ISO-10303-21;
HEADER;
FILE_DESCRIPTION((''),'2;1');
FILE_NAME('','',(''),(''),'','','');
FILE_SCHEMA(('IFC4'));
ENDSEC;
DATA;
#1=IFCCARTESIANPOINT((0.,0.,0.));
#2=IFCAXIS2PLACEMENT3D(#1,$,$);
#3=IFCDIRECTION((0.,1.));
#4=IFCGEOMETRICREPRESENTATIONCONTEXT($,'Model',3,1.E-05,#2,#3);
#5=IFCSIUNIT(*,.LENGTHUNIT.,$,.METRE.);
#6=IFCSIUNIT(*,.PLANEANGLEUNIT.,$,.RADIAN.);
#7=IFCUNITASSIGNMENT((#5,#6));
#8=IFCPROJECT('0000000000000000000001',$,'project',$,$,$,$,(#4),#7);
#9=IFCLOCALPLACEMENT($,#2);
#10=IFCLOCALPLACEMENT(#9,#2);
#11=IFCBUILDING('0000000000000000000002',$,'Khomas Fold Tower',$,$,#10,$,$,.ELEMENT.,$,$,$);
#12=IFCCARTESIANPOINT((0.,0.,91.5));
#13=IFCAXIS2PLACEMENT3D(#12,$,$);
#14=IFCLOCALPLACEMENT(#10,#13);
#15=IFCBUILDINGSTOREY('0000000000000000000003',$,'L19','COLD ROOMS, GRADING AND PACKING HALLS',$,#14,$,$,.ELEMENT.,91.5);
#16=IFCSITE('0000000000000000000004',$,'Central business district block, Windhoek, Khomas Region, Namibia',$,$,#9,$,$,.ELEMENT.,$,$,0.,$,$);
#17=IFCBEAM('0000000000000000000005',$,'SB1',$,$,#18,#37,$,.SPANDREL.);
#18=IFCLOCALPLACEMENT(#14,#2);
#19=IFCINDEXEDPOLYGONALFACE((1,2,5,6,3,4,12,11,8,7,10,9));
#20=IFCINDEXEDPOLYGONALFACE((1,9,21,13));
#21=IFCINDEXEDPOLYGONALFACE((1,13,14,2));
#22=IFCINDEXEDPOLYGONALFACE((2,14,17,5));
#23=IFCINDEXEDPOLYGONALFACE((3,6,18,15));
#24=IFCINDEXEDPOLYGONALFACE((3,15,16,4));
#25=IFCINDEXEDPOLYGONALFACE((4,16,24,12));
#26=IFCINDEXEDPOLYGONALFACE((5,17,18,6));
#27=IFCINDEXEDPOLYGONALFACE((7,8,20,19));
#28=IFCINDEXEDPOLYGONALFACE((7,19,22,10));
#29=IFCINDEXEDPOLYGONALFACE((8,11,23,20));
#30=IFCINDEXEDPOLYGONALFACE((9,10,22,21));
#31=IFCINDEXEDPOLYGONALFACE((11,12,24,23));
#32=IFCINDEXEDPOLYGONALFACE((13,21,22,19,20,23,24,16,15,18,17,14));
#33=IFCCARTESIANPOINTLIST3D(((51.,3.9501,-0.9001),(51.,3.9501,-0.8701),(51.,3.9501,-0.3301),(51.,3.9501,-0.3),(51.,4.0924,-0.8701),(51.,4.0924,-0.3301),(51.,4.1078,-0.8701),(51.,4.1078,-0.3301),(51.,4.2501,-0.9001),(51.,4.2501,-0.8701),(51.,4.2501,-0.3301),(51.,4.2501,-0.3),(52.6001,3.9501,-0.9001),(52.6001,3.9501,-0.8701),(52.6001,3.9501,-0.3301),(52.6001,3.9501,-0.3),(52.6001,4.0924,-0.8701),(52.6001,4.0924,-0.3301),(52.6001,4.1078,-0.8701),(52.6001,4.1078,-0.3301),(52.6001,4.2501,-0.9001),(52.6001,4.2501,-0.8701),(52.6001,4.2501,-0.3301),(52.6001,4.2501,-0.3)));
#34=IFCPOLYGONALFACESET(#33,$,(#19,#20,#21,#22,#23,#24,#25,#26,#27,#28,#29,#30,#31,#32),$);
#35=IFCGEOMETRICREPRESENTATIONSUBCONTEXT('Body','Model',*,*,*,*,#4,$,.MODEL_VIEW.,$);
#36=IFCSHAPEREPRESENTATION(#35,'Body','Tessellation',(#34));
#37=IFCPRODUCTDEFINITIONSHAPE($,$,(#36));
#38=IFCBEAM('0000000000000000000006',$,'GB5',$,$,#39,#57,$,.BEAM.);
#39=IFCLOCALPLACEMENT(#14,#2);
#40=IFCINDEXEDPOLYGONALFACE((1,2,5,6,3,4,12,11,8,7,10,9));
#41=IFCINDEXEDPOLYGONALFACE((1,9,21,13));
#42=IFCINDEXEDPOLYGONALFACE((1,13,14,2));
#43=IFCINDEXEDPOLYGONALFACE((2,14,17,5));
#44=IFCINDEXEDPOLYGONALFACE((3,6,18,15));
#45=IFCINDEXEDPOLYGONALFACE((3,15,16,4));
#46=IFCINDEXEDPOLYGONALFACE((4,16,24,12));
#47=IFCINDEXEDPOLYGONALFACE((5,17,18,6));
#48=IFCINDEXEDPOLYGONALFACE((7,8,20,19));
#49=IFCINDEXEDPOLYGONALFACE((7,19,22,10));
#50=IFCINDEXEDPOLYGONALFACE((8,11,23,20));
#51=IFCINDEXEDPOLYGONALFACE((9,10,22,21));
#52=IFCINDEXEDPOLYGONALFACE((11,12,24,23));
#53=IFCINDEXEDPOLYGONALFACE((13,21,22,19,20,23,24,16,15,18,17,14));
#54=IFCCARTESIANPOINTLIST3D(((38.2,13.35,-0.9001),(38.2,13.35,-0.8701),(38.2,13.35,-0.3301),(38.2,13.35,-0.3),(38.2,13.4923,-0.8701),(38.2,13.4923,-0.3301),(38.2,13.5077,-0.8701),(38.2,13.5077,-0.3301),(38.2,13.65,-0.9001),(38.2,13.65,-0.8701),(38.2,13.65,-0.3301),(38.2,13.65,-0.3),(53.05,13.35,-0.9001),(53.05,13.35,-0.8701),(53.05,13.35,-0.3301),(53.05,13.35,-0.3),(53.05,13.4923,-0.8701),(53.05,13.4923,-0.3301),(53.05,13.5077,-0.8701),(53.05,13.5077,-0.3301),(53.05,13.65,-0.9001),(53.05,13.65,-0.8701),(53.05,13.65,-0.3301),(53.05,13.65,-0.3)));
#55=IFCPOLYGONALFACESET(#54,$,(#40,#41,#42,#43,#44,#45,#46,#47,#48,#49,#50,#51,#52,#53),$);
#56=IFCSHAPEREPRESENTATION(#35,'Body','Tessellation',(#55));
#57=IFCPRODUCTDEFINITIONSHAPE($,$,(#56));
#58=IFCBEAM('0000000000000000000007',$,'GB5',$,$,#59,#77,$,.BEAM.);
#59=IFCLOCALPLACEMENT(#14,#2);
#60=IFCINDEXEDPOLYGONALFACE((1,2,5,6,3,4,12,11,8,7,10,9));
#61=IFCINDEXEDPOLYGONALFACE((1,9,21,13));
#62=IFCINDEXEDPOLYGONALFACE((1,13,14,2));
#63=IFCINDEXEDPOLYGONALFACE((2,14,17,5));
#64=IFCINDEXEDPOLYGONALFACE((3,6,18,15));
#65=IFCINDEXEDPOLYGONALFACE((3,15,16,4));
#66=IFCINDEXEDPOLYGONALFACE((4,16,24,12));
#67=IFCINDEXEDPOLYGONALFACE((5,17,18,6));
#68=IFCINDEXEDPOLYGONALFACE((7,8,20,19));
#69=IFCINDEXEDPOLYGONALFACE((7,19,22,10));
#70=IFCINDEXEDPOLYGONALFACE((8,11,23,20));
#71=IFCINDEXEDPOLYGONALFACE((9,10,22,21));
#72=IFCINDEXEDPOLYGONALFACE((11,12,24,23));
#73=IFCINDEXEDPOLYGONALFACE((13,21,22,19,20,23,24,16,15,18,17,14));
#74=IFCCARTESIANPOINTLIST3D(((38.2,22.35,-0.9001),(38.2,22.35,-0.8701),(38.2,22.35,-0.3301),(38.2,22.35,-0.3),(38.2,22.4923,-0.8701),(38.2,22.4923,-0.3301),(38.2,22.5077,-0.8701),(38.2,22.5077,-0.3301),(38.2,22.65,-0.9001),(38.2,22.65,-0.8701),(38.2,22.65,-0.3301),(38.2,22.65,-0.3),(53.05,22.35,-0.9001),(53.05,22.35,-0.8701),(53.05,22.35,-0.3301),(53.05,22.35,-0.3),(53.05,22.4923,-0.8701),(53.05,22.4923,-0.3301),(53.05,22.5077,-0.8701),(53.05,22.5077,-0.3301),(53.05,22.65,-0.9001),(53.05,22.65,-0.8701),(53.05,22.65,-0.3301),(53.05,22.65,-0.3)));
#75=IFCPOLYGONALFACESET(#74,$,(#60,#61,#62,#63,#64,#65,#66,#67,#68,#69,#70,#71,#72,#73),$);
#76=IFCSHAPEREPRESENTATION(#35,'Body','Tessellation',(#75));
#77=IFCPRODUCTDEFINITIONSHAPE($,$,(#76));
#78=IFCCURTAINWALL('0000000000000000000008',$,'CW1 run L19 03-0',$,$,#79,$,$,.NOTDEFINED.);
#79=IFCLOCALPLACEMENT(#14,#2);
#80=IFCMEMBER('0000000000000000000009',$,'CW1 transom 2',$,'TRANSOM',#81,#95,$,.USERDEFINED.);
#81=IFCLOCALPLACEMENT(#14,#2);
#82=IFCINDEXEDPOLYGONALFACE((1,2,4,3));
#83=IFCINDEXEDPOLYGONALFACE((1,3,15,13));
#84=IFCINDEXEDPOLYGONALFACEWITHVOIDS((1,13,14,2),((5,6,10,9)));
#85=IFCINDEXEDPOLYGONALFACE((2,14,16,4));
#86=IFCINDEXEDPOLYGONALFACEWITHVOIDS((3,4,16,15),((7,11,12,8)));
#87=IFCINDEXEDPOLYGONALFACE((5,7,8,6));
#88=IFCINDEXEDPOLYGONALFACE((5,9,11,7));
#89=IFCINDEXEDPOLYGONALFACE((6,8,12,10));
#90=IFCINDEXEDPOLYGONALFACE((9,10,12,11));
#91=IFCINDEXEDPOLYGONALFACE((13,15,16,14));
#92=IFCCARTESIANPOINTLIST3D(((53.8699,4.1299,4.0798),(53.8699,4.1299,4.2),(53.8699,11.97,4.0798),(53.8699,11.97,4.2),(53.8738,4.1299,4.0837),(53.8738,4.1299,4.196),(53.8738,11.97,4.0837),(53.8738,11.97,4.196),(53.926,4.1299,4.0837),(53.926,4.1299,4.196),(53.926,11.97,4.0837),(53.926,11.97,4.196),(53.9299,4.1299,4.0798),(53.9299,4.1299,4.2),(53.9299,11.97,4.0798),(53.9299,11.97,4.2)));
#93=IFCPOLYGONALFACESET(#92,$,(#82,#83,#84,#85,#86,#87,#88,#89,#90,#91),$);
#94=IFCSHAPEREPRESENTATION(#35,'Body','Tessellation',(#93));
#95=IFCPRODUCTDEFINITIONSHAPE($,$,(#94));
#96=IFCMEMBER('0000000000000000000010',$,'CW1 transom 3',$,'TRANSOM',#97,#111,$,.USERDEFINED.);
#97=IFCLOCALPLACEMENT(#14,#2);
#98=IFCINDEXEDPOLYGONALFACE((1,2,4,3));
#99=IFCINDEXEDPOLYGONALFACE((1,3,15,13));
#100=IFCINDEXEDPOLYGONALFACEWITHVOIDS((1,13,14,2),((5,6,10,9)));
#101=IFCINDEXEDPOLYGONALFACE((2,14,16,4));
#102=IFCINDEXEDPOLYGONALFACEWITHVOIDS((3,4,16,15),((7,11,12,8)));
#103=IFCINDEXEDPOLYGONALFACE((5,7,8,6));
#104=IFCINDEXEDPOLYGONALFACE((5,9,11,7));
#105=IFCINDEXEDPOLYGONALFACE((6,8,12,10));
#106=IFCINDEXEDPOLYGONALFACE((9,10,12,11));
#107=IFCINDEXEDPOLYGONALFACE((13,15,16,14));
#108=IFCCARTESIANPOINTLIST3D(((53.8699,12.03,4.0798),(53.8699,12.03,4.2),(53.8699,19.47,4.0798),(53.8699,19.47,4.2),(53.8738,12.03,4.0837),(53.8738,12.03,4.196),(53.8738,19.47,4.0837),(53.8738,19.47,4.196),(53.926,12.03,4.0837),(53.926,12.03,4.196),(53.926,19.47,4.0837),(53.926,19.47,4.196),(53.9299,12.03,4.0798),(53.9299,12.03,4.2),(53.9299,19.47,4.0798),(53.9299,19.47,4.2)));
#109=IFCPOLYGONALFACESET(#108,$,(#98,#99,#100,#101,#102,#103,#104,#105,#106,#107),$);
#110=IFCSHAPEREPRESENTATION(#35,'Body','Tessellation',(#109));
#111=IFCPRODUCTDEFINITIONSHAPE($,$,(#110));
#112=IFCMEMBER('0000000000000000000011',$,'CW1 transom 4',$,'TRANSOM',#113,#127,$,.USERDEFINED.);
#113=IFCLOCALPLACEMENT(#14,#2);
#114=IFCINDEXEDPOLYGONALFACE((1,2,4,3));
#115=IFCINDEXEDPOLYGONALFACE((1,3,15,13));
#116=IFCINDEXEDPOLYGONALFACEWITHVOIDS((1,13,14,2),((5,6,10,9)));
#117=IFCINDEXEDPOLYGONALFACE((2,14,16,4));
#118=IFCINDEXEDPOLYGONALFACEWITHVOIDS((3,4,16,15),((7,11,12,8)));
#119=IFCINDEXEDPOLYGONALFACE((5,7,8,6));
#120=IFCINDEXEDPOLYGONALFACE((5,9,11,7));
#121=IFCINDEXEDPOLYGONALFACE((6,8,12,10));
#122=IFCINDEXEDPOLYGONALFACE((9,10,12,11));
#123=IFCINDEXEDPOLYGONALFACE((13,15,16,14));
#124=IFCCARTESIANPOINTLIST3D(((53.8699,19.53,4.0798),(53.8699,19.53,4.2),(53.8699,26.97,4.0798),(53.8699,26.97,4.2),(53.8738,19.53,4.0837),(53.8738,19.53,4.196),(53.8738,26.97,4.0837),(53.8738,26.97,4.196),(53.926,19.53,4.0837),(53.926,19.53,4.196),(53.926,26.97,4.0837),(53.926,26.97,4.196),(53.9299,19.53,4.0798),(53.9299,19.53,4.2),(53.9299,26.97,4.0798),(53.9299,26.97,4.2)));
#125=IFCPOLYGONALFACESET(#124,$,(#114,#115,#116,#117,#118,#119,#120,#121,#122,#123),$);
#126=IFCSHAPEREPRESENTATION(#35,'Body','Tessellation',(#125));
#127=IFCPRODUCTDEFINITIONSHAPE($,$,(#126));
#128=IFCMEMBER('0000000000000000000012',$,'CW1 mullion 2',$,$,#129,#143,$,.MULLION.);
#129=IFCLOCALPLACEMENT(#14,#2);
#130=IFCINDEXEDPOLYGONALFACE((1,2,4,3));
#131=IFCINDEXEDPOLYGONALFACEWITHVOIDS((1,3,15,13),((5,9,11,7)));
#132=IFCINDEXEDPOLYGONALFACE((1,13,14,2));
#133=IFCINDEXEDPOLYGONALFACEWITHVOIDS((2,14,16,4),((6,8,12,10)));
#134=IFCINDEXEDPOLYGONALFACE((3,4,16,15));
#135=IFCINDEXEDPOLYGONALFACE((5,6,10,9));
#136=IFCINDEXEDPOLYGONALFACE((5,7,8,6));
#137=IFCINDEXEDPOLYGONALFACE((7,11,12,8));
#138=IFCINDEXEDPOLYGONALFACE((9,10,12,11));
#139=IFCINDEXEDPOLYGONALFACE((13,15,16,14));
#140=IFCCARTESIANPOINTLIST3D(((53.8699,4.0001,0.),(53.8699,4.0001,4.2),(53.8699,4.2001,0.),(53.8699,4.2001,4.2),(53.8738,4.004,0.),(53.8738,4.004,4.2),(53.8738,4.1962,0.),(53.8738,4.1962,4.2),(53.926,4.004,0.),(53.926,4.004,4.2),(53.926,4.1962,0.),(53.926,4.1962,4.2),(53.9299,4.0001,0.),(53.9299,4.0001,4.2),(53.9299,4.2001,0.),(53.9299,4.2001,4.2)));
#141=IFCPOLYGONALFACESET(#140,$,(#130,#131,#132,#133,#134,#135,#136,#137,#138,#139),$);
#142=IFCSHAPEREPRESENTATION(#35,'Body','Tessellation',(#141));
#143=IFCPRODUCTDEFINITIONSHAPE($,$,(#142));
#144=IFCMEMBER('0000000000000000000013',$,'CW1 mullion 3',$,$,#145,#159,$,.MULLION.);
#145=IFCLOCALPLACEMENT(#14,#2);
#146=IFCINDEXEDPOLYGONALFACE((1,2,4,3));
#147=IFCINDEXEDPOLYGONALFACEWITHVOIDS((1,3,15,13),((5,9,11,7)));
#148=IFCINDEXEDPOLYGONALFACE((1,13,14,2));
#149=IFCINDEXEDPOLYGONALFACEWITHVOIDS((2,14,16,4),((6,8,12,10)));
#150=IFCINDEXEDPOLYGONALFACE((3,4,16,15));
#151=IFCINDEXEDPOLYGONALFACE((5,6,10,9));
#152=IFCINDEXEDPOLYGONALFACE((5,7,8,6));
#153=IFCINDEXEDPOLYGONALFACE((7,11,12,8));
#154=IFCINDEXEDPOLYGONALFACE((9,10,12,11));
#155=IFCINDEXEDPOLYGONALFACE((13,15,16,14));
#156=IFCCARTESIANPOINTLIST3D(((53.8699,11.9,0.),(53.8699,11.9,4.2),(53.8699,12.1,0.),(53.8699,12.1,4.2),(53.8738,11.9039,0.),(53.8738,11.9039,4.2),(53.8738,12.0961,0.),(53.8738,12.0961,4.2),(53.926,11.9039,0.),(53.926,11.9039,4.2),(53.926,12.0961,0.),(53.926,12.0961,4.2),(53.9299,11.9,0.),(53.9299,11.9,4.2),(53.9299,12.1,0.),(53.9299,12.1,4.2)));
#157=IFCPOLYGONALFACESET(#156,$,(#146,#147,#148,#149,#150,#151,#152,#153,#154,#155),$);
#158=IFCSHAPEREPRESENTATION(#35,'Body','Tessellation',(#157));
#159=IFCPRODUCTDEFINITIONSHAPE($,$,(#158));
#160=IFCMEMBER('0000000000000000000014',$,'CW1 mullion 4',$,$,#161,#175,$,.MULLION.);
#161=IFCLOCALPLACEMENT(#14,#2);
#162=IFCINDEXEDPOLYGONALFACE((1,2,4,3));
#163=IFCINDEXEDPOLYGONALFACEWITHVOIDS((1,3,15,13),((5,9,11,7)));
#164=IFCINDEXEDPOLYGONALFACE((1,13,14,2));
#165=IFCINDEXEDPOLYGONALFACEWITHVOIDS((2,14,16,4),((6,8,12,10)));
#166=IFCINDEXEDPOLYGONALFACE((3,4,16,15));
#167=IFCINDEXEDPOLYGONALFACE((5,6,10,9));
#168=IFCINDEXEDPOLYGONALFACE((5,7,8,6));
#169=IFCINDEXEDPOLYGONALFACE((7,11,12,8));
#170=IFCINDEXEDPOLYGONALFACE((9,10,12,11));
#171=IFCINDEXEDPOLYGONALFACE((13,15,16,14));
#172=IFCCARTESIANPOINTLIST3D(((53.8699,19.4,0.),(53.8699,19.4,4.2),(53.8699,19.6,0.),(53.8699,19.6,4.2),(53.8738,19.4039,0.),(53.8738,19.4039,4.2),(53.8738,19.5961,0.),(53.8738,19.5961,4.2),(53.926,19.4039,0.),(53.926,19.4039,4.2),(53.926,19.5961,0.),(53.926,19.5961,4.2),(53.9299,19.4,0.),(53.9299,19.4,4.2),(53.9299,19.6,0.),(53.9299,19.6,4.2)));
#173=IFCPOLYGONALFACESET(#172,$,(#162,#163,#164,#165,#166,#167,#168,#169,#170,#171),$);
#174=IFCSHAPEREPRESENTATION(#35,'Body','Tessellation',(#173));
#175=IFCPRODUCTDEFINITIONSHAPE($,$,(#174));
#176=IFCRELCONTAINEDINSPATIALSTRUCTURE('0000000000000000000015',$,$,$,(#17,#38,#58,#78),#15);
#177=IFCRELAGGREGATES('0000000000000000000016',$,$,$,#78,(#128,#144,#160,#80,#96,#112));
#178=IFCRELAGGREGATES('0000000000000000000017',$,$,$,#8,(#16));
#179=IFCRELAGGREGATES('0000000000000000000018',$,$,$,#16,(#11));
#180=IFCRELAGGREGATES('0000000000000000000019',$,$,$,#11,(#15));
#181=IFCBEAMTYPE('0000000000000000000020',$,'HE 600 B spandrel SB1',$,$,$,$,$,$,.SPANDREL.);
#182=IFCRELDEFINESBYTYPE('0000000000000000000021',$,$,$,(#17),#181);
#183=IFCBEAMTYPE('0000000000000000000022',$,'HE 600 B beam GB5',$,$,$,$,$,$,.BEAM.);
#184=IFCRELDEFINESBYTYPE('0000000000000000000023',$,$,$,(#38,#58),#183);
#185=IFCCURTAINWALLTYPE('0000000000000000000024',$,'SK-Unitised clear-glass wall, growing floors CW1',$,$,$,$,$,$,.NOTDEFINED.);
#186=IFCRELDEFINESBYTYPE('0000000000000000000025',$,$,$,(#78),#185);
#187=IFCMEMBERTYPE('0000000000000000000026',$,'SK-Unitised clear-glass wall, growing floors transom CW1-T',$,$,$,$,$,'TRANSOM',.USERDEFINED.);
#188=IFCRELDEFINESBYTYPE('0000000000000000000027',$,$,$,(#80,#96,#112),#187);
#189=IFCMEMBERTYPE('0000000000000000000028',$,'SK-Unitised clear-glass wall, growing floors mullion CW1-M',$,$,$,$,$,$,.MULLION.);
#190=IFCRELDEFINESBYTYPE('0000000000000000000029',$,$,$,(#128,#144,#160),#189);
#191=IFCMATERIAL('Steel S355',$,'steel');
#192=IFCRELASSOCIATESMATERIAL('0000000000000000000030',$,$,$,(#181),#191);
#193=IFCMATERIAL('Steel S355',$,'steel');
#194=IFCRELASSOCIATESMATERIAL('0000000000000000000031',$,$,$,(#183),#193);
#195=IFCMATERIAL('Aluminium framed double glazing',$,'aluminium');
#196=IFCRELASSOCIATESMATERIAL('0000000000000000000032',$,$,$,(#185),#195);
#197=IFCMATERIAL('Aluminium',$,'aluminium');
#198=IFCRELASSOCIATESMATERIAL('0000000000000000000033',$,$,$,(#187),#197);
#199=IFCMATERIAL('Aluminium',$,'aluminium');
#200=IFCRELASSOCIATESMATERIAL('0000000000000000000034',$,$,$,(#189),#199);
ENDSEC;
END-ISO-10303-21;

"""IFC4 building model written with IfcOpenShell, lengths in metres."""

from ifc_helpers import new_model, si_unit, direction, frame, origin, origin_2d, place, context, subcontext, project, spatial, hollow_rectangle, i_section, extrude, source, transform, mapped, material, material_profile, profile_set, type_object, element, aggregate, save


model = new_model("IFC4")

# Units and contexts
model_context = context("Model", 3, precision=1e-05, world=origin(), true_north=direction((0.0, 1.0)))
body_context = subcontext(model_context, "Body", "Model", "MODEL_VIEW")
ifc_project = project(units=[si_unit("LENGTHUNIT", "METRE"), si_unit("PLANEANGLEUNIT", "RADIAN")], contexts=[model_context])

# Site, building, storey
site_placement = place(None, origin())
site = spatial("IfcSite", under=ifc_project, at=site_placement, Name="Central business district block, Windhoek, Khomas Region, Namibia", CompositionType="ELEMENT", RefElevation=0.0)
building_placement = place(site_placement, origin())
building = spatial("IfcBuilding", under=site, at=building_placement, Name="Khomas Fold Tower", CompositionType="ELEMENT")
storey_placement = place(building_placement, frame((0.0, 0.0, 91.5)))
storey = spatial("IfcBuildingStorey", under=building, at=storey_placement, Name="L19", Description="COLD ROOMS, GRADING AND PACKING HALLS", CompositionType="ELEMENT", Elevation=91.5)

# Beams
ifc_material_1 = material(Name="Steel S355", Category="steel")
ifc_material_profile_1 = material_profile(ifc_material_1, i_section(OverallWidth=0.3, OverallDepth=0.6001, WebThickness=0.0154, FlangeThickness=0.03, at=origin_2d()), Name="HE 600 B")
ifc_profile_set_1 = profile_set([ifc_material_profile_1], Name="Steel S355")
beam_type_1 = type_object("IfcBeamType", Name="HE 600 B spandrel SB1", PredefinedType="SPANDREL", material=ifc_profile_set_1)
shared_shape_1 = source(origin(), body_context, "Body", "SweptSolid", [
    extrude(i_section(OverallWidth=0.3, OverallDepth=0.6001, WebThickness=0.0154, FlangeThickness=0.03, at=origin_2d()), origin(), (0.0, 0.0, 1.0), 1.6001),
])
beam_1_placement = place(storey_placement, frame((51.0, 4.1001, -0.6001), z_axis=(1.0, 0.0, 0.0), x_axis=(0.0, 1.0, 0.0)))
element("IfcBeam", 1, at=beam_1_placement, inside=storey, type_object=beam_type_1, Name="SB1", PredefinedType="SPANDREL", context=body_context, shape_type="MappedRepresentation", body=[
    mapped(shared_shape_1, transform((0.0, 0.0, 0.0))),
])
ifc_material_2 = material(Name="Steel S355", Category="steel")
ifc_material_profile_2 = material_profile(ifc_material_2, i_section(OverallWidth=0.3, OverallDepth=0.6001, WebThickness=0.0154, FlangeThickness=0.03, at=origin_2d()), Name="HE 600 B")
ifc_profile_set_2 = profile_set([ifc_material_profile_2], Name="Steel S355")
beam_type_2 = type_object("IfcBeamType", Name="HE 600 B beam GB5", PredefinedType="BEAM", material=ifc_profile_set_2)
shared_shape_2 = source(origin(), body_context, "Body", "SweptSolid", [
    extrude(i_section(OverallWidth=0.3, OverallDepth=0.6001, WebThickness=0.0154, FlangeThickness=0.03, at=origin_2d()), origin(), (0.0, 0.0, 1.0), 14.8501),
])
for number, where, z_axis, x_axis, name in (
    (2, (38.2, 13.5, -0.6001), (1.0, 0.0, 0.0), (0.0, 1.0, 0.0), "GB5"),
    (3, (38.2, 22.5, -0.6001), (1.0, 0.0, 0.0), (0.0, 1.0, 0.0), "GB5"),
):
    element("IfcBeam", number, at=place(storey_placement, frame(where, z_axis=z_axis, x_axis=x_axis)), inside=storey, type_object=beam_type_2, Name=name, PredefinedType="BEAM", context=body_context, shape_type="MappedRepresentation", body=[
        mapped(shared_shape_2, transform((0.0, 0.0, 0.0))),
    ])

# Curtain wall, members
ifc_material_3 = material(Name="Aluminium framed double glazing", Category="aluminium")
curtain_wall_type = type_object("IfcCurtainWallType", Name="SK-Unitised clear-glass wall, growing floors CW1", PredefinedType="NOTDEFINED", material=ifc_material_3)
curtain_wall_placement = place(storey_placement, origin())
curtain_wall = element("IfcCurtainWall", 4, at=curtain_wall_placement, inside=storey, type_object=curtain_wall_type, Name="CW1 run L19 03-0", PredefinedType="NOTDEFINED")
ifc_material_4 = material(Name="Aluminium", Category="aluminium")
ifc_material_profile_3 = material_profile(ifc_material_4, hollow_rectangle(XDim=0.0601, YDim=0.1201, WallThickness=0.0039, at=origin_2d()), Name="SK-Unitised clear-glass wall, growing floors transom CW1-T")
ifc_profile_set_3 = profile_set([ifc_material_profile_3], Name="Aluminium")
member_type_1 = type_object("IfcMemberType", Name="SK-Unitised clear-glass wall, growing floors transom CW1-T", ElementType="TRANSOM", PredefinedType="USERDEFINED", material=ifc_profile_set_3)
shared_shape_3 = source(origin(), body_context, "Body", "SweptSolid", [
    extrude(hollow_rectangle(XDim=0.0601, YDim=0.1201, WallThickness=0.0039, at=origin_2d()), origin(), (0.0, 0.0, 1.0), 7.8401),
])
member_1_placement = place(storey_placement, frame((53.8999, 4.1299, 4.1399), z_axis=(0.0, 1.0, 0.0), x_axis=(-1.0, 0.0, 0.0)))
member_1 = element("IfcMember", 5, at=member_1_placement, type_object=member_type_1, Name="CW1 transom 2", ObjectType="TRANSOM", PredefinedType="USERDEFINED", context=body_context, shape_type="MappedRepresentation", body=[
    mapped(shared_shape_3, transform((0.0, 0.0, 0.0))),
])
shared_shape_4 = source(origin(), body_context, "Body", "SweptSolid", [
    extrude(hollow_rectangle(XDim=0.0601, YDim=0.1201, WallThickness=0.0039, at=origin_2d()), origin(), (0.0, 0.0, 1.0), 7.4399),
])
member_2_placement = place(storey_placement, frame((53.8999, 12.03, 4.1399), z_axis=(0.0, 1.0, 0.0), x_axis=(-1.0, 0.0, 0.0)))
member_2 = element("IfcMember", 6, at=member_2_placement, type_object=member_type_1, Name="CW1 transom 3", ObjectType="TRANSOM", PredefinedType="USERDEFINED", context=body_context, shape_type="MappedRepresentation", body=[
    mapped(shared_shape_4, transform((0.0, 0.0, 0.0))),
])
member_3_placement = place(storey_placement, frame((53.8999, 19.53, 4.1399), z_axis=(0.0, 1.0, 0.0), x_axis=(-1.0, 0.0, 0.0)))
member_3 = element("IfcMember", 7, at=member_3_placement, type_object=member_type_1, Name="CW1 transom 4", ObjectType="TRANSOM", PredefinedType="USERDEFINED", context=body_context, shape_type="MappedRepresentation", body=[
    mapped(shared_shape_4, transform((0.0, 0.0, 0.0))),
])
ifc_material_5 = material(Name="Aluminium", Category="aluminium")
ifc_material_profile_4 = material_profile(ifc_material_5, hollow_rectangle(XDim=0.0601, YDim=0.2, WallThickness=0.0039, at=origin_2d()), Name="SK-Unitised clear-glass wall, growing floors mullion CW1-M")
ifc_profile_set_4 = profile_set([ifc_material_profile_4], Name="Aluminium")
member_type_2 = type_object("IfcMemberType", Name="SK-Unitised clear-glass wall, growing floors mullion CW1-M", PredefinedType="MULLION", material=ifc_profile_set_4)
shared_shape_5 = source(origin(), body_context, "Body", "SweptSolid", [
    extrude(hollow_rectangle(XDim=0.0601, YDim=0.2, WallThickness=0.0039, at=origin_2d()), origin(), (0.0, 0.0, 1.0), 4.2),
])
member_4_placement = place(storey_placement, frame((53.8999, 4.1001, 0.0), z_axis=(0.0, 0.0, 1.0), x_axis=(-1.0, 0.0, 0.0)))
member_4 = element("IfcMember", 8, at=member_4_placement, type_object=member_type_2, Name="CW1 mullion 2", PredefinedType="MULLION", context=body_context, shape_type="MappedRepresentation", body=[
    mapped(shared_shape_5, transform((0.0, 0.0, 0.0))),
])
member_5_placement = place(storey_placement, frame((53.8999, 12.0, 0.0), z_axis=(0.0, 0.0, 1.0), x_axis=(-1.0, 0.0, 0.0)))
member_5 = element("IfcMember", 9, at=member_5_placement, type_object=member_type_2, Name="CW1 mullion 3", PredefinedType="MULLION", context=body_context, shape_type="MappedRepresentation", body=[
    mapped(shared_shape_5, transform((0.0, 0.0, 0.0))),
])
member_6_placement = place(storey_placement, frame((53.8999, 19.5, 0.0), z_axis=(0.0, 0.0, 1.0), x_axis=(-1.0, 0.0, 0.0)))
member_6 = element("IfcMember", 10, at=member_6_placement, type_object=member_type_2, Name="CW1 mullion 4", PredefinedType="MULLION", context=body_context, shape_type="MappedRepresentation", body=[
    mapped(shared_shape_5, transform((0.0, 0.0, 0.0))),
])
aggregate(curtain_wall, [member_4, member_5, member_6, member_1, member_2, member_3])

save(model, "model.ifc")
